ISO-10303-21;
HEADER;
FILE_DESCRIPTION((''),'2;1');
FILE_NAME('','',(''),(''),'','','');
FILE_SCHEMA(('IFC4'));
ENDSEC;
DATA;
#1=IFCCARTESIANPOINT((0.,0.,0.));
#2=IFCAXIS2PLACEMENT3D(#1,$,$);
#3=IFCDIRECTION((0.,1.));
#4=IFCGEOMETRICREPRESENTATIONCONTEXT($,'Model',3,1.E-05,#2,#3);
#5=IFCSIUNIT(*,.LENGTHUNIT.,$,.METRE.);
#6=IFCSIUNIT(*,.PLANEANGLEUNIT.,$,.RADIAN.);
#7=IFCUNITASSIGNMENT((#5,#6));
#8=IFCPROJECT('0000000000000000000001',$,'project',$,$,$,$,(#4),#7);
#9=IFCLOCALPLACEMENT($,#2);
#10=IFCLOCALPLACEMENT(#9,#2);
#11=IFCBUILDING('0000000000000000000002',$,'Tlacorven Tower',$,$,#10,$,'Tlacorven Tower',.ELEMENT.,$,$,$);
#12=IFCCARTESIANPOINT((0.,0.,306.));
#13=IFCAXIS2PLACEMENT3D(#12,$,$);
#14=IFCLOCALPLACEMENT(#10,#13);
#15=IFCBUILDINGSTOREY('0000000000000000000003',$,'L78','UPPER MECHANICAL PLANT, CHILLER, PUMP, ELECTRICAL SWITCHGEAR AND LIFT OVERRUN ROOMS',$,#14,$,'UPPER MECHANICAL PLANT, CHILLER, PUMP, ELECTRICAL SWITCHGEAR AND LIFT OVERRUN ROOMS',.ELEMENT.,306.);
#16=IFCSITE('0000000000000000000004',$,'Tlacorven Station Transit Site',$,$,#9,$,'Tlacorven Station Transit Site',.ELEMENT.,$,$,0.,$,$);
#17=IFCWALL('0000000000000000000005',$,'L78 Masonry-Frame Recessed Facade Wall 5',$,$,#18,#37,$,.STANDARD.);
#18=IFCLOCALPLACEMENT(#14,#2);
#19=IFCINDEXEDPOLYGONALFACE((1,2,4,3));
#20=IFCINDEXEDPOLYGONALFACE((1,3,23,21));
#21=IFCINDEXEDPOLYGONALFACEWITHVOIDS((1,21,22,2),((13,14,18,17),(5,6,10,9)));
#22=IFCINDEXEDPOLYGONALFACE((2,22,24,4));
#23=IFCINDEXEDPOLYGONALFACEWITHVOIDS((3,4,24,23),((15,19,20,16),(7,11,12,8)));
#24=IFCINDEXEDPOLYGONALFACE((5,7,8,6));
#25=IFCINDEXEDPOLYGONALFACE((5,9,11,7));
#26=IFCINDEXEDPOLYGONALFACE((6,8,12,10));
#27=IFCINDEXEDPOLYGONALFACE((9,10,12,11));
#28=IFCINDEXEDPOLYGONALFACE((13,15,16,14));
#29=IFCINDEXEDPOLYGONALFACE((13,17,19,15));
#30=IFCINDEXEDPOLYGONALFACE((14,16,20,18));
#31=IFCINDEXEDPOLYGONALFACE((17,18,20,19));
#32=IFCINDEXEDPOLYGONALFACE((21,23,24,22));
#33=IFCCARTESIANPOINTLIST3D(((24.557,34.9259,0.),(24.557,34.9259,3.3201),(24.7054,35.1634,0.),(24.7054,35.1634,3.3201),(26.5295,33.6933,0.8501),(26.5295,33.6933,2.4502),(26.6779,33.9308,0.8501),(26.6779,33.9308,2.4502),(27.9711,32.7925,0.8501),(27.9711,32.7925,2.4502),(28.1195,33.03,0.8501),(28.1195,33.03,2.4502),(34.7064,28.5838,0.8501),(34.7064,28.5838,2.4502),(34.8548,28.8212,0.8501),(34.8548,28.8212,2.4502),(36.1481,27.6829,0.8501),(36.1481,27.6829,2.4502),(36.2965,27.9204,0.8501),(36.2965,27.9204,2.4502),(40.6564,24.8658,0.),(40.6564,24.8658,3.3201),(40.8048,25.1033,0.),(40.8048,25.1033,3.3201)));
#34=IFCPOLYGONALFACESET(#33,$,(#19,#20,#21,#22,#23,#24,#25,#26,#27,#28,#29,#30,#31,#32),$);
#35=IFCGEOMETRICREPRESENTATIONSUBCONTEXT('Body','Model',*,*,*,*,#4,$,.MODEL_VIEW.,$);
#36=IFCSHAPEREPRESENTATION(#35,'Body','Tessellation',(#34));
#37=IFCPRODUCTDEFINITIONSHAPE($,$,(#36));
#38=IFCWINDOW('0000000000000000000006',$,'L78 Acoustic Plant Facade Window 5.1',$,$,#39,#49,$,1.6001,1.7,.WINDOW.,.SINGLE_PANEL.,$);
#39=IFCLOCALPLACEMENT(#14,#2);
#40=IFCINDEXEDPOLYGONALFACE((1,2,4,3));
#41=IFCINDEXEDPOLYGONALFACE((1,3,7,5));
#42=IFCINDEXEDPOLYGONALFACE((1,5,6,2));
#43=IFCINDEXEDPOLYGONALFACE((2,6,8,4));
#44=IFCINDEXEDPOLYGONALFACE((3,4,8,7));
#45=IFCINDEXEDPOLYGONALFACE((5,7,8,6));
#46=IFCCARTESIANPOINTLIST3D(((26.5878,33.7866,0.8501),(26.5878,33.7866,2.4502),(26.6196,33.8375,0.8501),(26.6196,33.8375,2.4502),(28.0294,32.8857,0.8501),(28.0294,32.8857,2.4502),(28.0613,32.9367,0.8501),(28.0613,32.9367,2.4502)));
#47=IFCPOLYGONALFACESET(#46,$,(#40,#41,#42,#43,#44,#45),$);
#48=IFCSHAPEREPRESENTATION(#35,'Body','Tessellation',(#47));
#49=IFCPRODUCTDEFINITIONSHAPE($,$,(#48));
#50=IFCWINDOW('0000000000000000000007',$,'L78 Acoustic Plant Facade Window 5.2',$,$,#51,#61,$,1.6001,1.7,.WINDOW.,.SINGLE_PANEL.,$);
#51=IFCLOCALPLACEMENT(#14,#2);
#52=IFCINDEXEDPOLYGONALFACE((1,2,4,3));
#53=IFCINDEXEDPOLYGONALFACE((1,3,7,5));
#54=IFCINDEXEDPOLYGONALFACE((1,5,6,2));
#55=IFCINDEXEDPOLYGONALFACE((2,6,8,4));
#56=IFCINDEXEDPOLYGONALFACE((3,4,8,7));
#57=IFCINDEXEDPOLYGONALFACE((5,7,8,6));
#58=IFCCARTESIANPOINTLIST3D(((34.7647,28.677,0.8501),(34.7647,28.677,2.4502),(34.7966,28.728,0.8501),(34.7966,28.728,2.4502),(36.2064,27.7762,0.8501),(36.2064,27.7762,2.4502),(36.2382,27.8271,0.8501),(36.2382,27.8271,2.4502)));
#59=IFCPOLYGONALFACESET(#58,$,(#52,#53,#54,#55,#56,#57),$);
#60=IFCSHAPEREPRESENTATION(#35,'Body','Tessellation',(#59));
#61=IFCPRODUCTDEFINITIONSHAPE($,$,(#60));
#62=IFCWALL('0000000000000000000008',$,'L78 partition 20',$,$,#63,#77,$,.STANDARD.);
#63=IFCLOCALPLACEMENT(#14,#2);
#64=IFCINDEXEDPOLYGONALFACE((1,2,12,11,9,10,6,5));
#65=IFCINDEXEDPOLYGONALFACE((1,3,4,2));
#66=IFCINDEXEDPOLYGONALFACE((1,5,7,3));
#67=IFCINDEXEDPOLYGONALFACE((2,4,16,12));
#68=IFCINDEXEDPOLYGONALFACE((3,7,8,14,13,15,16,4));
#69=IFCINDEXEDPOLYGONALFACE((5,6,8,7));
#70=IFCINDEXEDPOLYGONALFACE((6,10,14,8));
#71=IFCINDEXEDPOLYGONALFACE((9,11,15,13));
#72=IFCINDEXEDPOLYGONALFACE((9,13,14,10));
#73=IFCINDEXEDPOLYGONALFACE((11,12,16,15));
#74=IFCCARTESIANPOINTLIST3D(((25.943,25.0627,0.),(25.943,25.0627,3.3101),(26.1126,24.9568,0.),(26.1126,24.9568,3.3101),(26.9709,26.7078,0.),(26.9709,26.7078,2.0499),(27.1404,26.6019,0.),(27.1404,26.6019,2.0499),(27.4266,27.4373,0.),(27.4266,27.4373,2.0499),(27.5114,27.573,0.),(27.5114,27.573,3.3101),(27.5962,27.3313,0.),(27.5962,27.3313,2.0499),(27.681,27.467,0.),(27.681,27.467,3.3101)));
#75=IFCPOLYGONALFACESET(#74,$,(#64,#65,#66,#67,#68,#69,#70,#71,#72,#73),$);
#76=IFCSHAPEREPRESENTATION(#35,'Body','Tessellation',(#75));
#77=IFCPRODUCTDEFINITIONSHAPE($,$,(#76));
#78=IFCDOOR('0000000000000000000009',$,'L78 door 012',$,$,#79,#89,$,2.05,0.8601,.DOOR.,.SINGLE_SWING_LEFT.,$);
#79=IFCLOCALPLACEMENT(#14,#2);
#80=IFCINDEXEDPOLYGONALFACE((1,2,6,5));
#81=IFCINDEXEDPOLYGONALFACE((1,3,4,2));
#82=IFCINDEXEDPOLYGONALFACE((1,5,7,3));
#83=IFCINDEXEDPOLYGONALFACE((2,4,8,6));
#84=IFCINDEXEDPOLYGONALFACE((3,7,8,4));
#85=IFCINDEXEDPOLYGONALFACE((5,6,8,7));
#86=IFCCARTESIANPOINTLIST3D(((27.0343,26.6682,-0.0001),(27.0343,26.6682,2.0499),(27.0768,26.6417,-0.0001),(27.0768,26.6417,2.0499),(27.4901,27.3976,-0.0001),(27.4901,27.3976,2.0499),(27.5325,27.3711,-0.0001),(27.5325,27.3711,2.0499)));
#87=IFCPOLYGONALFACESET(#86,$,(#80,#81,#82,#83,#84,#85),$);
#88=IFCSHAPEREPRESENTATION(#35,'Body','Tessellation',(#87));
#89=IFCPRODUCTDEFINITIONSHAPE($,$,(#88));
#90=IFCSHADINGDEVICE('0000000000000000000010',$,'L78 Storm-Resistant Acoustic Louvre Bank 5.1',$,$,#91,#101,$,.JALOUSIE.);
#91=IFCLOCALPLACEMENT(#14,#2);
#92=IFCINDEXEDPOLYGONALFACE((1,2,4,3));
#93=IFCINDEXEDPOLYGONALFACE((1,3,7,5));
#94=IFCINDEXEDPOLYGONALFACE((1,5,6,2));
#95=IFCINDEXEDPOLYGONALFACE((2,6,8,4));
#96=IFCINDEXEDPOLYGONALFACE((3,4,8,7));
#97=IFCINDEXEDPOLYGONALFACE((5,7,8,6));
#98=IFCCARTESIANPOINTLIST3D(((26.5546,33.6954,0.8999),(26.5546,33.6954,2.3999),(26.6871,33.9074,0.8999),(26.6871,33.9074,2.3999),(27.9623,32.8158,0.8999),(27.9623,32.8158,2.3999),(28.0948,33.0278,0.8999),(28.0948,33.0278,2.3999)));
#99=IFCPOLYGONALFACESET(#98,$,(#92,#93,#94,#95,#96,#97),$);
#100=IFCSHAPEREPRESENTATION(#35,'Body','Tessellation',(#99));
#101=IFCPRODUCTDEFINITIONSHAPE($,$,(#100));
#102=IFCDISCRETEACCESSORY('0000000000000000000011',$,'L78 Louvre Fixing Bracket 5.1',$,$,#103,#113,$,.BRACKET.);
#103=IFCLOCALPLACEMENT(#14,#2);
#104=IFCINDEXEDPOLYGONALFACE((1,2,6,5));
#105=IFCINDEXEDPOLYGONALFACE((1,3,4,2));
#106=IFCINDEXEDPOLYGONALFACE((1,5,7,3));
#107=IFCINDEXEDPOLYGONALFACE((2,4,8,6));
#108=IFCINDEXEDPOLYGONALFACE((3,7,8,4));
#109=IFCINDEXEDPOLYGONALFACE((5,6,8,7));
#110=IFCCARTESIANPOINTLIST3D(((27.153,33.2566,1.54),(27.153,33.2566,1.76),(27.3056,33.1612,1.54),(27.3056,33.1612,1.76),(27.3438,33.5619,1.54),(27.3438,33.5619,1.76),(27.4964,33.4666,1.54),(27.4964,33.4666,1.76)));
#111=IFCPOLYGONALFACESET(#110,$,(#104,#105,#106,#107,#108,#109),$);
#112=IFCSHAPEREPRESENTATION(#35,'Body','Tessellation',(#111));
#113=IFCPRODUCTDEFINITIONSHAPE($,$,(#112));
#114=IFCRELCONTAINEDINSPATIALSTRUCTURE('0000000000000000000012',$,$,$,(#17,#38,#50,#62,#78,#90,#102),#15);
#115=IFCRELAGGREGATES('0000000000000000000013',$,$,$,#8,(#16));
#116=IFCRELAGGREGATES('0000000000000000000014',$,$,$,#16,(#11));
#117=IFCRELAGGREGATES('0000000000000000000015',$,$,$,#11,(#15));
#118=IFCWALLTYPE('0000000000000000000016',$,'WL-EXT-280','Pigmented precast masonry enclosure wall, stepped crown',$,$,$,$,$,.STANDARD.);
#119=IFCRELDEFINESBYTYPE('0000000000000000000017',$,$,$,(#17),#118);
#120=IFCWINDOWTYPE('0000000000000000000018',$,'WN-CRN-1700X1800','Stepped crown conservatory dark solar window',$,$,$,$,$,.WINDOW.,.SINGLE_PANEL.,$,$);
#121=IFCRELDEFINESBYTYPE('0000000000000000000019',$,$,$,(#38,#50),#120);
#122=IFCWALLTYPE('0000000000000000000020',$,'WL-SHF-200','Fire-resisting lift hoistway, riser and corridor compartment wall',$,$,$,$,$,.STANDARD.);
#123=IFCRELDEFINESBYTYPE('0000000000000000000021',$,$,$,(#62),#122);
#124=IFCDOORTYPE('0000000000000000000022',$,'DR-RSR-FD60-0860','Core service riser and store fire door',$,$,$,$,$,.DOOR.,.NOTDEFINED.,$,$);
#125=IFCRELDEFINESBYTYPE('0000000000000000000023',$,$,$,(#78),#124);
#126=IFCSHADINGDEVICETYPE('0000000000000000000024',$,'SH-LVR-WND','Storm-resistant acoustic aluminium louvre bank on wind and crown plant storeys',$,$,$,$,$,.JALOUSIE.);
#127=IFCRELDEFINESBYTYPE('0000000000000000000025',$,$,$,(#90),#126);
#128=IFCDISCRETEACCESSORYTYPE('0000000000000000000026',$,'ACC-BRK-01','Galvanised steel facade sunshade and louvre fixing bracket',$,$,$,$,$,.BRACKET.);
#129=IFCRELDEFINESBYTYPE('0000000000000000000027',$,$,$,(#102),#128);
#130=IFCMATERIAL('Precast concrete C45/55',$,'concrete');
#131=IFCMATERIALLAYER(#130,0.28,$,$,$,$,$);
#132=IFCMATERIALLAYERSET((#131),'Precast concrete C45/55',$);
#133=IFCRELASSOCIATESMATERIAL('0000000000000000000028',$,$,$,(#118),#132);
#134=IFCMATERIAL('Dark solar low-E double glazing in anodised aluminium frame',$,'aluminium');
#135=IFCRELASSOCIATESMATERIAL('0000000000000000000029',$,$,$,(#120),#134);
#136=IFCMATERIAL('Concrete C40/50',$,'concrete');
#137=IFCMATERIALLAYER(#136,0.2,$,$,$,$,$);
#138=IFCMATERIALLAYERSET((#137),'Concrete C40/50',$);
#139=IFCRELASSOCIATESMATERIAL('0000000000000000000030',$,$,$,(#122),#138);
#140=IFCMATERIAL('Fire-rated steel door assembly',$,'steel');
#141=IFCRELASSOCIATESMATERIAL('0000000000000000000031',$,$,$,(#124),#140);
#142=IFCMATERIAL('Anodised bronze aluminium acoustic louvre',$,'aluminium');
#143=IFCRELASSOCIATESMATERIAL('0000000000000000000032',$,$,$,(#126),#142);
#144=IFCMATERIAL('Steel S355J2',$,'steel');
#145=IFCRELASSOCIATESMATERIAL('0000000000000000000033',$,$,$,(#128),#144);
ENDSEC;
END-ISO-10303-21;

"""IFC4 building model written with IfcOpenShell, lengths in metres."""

from ifc_helpers import new_model, si_unit, direction, frame, frame_2d, origin, origin_2d, place, context, subcontext, project, spatial, rectangle, extrude, source, transform, mapped, material, layer, layer_set, type_object, element, fill, save


model = new_model("IFC4")

# Units and contexts
model_context = context("Model", 3, precision=1e-05, world=origin(), true_north=direction((0.0, 1.0)))
body_context = subcontext(model_context, "Body", "Model", "MODEL_VIEW")
ifc_project = project(units=[si_unit("LENGTHUNIT", "METRE"), si_unit("PLANEANGLEUNIT", "RADIAN")], contexts=[model_context])

# Site, building, storey
site_placement = place(None, origin())
site = spatial("IfcSite", under=ifc_project, at=site_placement, Name="Tlacorven Station Transit Site", LongName="Tlacorven Station Transit Site", CompositionType="ELEMENT", RefElevation=0.0)
building_placement = place(site_placement, origin())
building = spatial("IfcBuilding", under=site, at=building_placement, Name="Tlacorven Tower", LongName="Tlacorven Tower", CompositionType="ELEMENT")
storey_placement = place(building_placement, frame((0.0, 0.0, 306.0)))
storey = spatial("IfcBuildingStorey", under=building, at=storey_placement, Name="L78", Description="UPPER MECHANICAL PLANT, CHILLER, PUMP, ELECTRICAL SWITCHGEAR AND LIFT OVERRUN ROOMS", LongName="UPPER MECHANICAL PLANT, CHILLER, PUMP, ELECTRICAL SWITCHGEAR AND LIFT OVERRUN ROOMS", CompositionType="ELEMENT", Elevation=306.0)

# Wall, openings, windows
ifc_material_1 = material(Name="Precast concrete C45/55", Category="concrete")
ifc_layer_1 = layer(ifc_material_1, 0.28)
ifc_layer_set_1 = layer_set([ifc_layer_1], Name="Precast concrete C45/55")
wall_type_1 = type_object("IfcWallType", Name="WL-EXT-280", Description="Pigmented precast masonry enclosure wall, stepped crown", PredefinedType="STANDARD", material=ifc_layer_set_1)
wall_1_placement = place(storey_placement, frame((24.6311, 35.0447, 0.0), z_axis=(0.0, 0.0, 1.0), x_axis=(0.848047, -0.529921, 0.0)))
wall_1 = element("IfcWall", 1, at=wall_1_placement, inside=storey, type_object=wall_type_1, Name="L78 Masonry-Frame Recessed Facade Wall 5", PredefinedType="STANDARD", context=body_context, shape_type="SweptSolid", body=[
    extrude(rectangle(XDim=18.9841, YDim=0.28, at=frame_2d((9.4922, 0.0))), origin(), (0.0, 0.0, 1.0), 3.3201),
])
opening_1_placement = place(wall_1_placement, frame((2.3259, 0.0, 0.8501)))
opening_1 = element("IfcOpeningElement", 2, at=opening_1_placement, cuts=wall_1, PredefinedType="OPENING", context=body_context, shape_type="SweptSolid", body=[
    extrude(rectangle(XDim=1.7, YDim=1.6001, at=frame_2d((0.8501, 0.8))), frame((0.0, 0.1499, 0.0), z_axis=(0.0, -1.0, 0.0), x_axis=(1.0, 0.0, 0.0)), (0.0, 0.0, 1.0), 0.3),
])
opening_2_placement = place(wall_1_placement, frame((11.968, 0.0, 0.8501)))
opening_2 = element("IfcOpeningElement", 3, at=opening_2_placement, cuts=wall_1, PredefinedType="OPENING", context=body_context, shape_type="SweptSolid", body=[
    extrude(rectangle(XDim=1.7, YDim=1.6001, at=frame_2d((0.8501, 0.8))), frame((0.0, 0.1499, 0.0), z_axis=(0.0, -1.0, 0.0), x_axis=(1.0, 0.0, 0.0)), (0.0, 0.0, 1.0), 0.3),
])
ifc_material_2 = material(Name="Dark solar low-E double glazing in anodised aluminium frame", Category="aluminium")
window_type = type_object("IfcWindowType", Name="WN-CRN-1700X1800", Description="Stepped crown conservatory dark solar window", PartitioningType="SINGLE_PANEL", PredefinedType="WINDOW", material=ifc_material_2)
shared_shape_1 = source(origin(), body_context, "Body", "SweptSolid", [
    extrude(rectangle(XDim=1.7, YDim=1.6001, at=frame_2d((0.8501, 0.8))), frame((0.0, 0.03, 0.0), z_axis=(0.0, -1.0, 0.0), x_axis=(1.0, 0.0, 0.0)), (0.0, 0.0, 1.0), 0.0601),
])
window_1_placement = place(opening_1_placement, origin())
window_1 = element("IfcWindow", 4, at=window_1_placement, inside=storey, type_object=window_type, Name="L78 Acoustic Plant Facade Window 5.1", OverallHeight=1.6001, OverallWidth=1.7, PartitioningType="SINGLE_PANEL", PredefinedType="WINDOW", context=body_context, shape_type="MappedRepresentation", body=[
    mapped(shared_shape_1, transform((0.0, 0.0, 0.0), scale=1.0)),
])
fill(opening_1, window_1)
window_2_placement = place(opening_2_placement, origin())
window_2 = element("IfcWindow", 5, at=window_2_placement, inside=storey, type_object=window_type, Name="L78 Acoustic Plant Facade Window 5.2", OverallHeight=1.6001, OverallWidth=1.7, PartitioningType="SINGLE_PANEL", PredefinedType="WINDOW", context=body_context, shape_type="MappedRepresentation", body=[
    mapped(shared_shape_1, transform((0.0, 0.0, 0.0), scale=1.0)),
])
fill(opening_2, window_2)

# Wall, opening, door
ifc_material_3 = material(Name="Concrete C40/50", Category="concrete")
ifc_layer_2 = layer(ifc_material_3, 0.2)
ifc_layer_set_2 = layer_set([ifc_layer_2], Name="Concrete C40/50")
wall_type_2 = type_object("IfcWallType", Name="WL-SHF-200", Description="Fire-resisting lift hoistway, riser and corridor compartment wall", PredefinedType="STANDARD", material=ifc_layer_set_2)
wall_2_placement = place(storey_placement, frame((27.5962, 27.52, 0.0), z_axis=(0.0, 0.0, 1.0), x_axis=(-0.529865, -0.848082, 0.0)))
wall_2 = element("IfcWall", 6, at=wall_2_placement, inside=storey, type_object=wall_type_2, Name="L78 partition 20", PredefinedType="STANDARD", context=body_context, shape_type="SweptSolid", body=[
    extrude(rectangle(XDim=2.96, YDim=0.2, at=frame_2d((1.48, 0.0))), origin(), (0.0, 0.0, 1.0), 3.3101),
])
opening_3_placement = place(wall_2_placement, frame((0.1599, 0.0, 0.0)))
opening_3 = element("IfcOpeningElement", 7, at=opening_3_placement, cuts=wall_2, PredefinedType="OPENING", context=body_context, shape_type="SweptSolid", body=[
    extrude(rectangle(XDim=0.8601, YDim=2.05, at=frame_2d((0.4302, 1.0249))), frame((0.0, 0.1099, 0.0), z_axis=(0.0, -1.0, 0.0), x_axis=(1.0, 0.0, 0.0)), (0.0, 0.0, 1.0), 0.22),
])
ifc_material_4 = material(Name="Fire-rated steel door assembly", Category="steel")
door_type_1 = type_object("IfcDoorType", Name="DR-RSR-FD60-0860", Description="Core service riser and store fire door", OperationType="NOTDEFINED", PredefinedType="DOOR", material=ifc_material_4)
shared_shape_2 = source(origin(), body_context, "Body", "SweptSolid", [
    extrude(rectangle(XDim=0.8601, YDim=2.05, at=frame_2d((0.4302, 1.0249))), frame((0.0, 0.0249, 0.0), z_axis=(0.0, -1.0, 0.0), x_axis=(1.0, 0.0, 0.0)), (0.0, 0.0, 1.0), 0.05),
])
door_1_placement = place(opening_3_placement, origin())
door_1 = element("IfcDoor", 8, at=door_1_placement, inside=storey, type_object=door_type_1, Name="L78 door 012", OperationType="SINGLE_SWING_LEFT", OverallHeight=2.05, OverallWidth=0.8601, PredefinedType="DOOR", context=body_context, shape_type="MappedRepresentation", body=[
    mapped(shared_shape_2, transform((0.0, 0.0, 0.0), scale=1.0)),
])
fill(opening_3, door_1)

# Shading device
ifc_material_5 = material(Name="Anodised bronze aluminium acoustic louvre", Category="aluminium")
shading_device_type = type_object("IfcShadingDeviceType", Name="SH-LVR-WND", Description="Storm-resistant acoustic aluminium louvre bank on wind and crown plant storeys", PredefinedType="JALOUSIE", material=ifc_material_5)
shared_shape_3 = source(origin(), body_context, "Body", "SweptSolid", [
    extrude(rectangle(XDim=1.6599, YDim=0.25, at=origin_2d()), origin(), (0.0, 0.0, 1.0), 1.5),
])
shading_device_placement = place(storey_placement, frame((27.3247, 33.3616, 0.8999), z_axis=(0.0, 0.0, 1.0), x_axis=(0.848048, -0.529919, 0.0)))
element("IfcShadingDevice", 9, at=shading_device_placement, inside=storey, type_object=shading_device_type, Name="L78 Storm-Resistant Acoustic Louvre Bank 5.1", PredefinedType="JALOUSIE", context=body_context, shape_type="MappedRepresentation", body=[
    mapped(shared_shape_3, transform((0.0, 0.0, 0.0), scale=1.0)),
])

# Discrete accessory
ifc_material_6 = material(Name="Steel S355J2", Category="steel")
discrete_accessory_type = type_object("IfcDiscreteAccessoryType", Name="ACC-BRK-01", Description="Galvanised steel facade sunshade and louvre fixing bracket", PredefinedType="BRACKET", material=ifc_material_6)
shared_shape_4 = source(origin(), body_context, "Body", "SweptSolid", [
    extrude(rectangle(XDim=0.1799, YDim=0.3601, at=origin_2d()), origin(), (0.0, 0.0, 1.0), 0.22),
])
discrete_accessory_placement = place(storey_placement, frame((27.3247, 33.3616, 1.54), z_axis=(0.0, 0.0, 1.0), x_axis=(0.848048, -0.529919, 0.0)))
element("IfcDiscreteAccessory", 10, at=discrete_accessory_placement, inside=storey, type_object=discrete_accessory_type, Name="L78 Louvre Fixing Bracket 5.1", PredefinedType="BRACKET", context=body_context, shape_type="MappedRepresentation", body=[
    mapped(shared_shape_4, transform((0.0, 0.0, 0.0), scale=1.0)),
])

save(model, "model.ifc")
